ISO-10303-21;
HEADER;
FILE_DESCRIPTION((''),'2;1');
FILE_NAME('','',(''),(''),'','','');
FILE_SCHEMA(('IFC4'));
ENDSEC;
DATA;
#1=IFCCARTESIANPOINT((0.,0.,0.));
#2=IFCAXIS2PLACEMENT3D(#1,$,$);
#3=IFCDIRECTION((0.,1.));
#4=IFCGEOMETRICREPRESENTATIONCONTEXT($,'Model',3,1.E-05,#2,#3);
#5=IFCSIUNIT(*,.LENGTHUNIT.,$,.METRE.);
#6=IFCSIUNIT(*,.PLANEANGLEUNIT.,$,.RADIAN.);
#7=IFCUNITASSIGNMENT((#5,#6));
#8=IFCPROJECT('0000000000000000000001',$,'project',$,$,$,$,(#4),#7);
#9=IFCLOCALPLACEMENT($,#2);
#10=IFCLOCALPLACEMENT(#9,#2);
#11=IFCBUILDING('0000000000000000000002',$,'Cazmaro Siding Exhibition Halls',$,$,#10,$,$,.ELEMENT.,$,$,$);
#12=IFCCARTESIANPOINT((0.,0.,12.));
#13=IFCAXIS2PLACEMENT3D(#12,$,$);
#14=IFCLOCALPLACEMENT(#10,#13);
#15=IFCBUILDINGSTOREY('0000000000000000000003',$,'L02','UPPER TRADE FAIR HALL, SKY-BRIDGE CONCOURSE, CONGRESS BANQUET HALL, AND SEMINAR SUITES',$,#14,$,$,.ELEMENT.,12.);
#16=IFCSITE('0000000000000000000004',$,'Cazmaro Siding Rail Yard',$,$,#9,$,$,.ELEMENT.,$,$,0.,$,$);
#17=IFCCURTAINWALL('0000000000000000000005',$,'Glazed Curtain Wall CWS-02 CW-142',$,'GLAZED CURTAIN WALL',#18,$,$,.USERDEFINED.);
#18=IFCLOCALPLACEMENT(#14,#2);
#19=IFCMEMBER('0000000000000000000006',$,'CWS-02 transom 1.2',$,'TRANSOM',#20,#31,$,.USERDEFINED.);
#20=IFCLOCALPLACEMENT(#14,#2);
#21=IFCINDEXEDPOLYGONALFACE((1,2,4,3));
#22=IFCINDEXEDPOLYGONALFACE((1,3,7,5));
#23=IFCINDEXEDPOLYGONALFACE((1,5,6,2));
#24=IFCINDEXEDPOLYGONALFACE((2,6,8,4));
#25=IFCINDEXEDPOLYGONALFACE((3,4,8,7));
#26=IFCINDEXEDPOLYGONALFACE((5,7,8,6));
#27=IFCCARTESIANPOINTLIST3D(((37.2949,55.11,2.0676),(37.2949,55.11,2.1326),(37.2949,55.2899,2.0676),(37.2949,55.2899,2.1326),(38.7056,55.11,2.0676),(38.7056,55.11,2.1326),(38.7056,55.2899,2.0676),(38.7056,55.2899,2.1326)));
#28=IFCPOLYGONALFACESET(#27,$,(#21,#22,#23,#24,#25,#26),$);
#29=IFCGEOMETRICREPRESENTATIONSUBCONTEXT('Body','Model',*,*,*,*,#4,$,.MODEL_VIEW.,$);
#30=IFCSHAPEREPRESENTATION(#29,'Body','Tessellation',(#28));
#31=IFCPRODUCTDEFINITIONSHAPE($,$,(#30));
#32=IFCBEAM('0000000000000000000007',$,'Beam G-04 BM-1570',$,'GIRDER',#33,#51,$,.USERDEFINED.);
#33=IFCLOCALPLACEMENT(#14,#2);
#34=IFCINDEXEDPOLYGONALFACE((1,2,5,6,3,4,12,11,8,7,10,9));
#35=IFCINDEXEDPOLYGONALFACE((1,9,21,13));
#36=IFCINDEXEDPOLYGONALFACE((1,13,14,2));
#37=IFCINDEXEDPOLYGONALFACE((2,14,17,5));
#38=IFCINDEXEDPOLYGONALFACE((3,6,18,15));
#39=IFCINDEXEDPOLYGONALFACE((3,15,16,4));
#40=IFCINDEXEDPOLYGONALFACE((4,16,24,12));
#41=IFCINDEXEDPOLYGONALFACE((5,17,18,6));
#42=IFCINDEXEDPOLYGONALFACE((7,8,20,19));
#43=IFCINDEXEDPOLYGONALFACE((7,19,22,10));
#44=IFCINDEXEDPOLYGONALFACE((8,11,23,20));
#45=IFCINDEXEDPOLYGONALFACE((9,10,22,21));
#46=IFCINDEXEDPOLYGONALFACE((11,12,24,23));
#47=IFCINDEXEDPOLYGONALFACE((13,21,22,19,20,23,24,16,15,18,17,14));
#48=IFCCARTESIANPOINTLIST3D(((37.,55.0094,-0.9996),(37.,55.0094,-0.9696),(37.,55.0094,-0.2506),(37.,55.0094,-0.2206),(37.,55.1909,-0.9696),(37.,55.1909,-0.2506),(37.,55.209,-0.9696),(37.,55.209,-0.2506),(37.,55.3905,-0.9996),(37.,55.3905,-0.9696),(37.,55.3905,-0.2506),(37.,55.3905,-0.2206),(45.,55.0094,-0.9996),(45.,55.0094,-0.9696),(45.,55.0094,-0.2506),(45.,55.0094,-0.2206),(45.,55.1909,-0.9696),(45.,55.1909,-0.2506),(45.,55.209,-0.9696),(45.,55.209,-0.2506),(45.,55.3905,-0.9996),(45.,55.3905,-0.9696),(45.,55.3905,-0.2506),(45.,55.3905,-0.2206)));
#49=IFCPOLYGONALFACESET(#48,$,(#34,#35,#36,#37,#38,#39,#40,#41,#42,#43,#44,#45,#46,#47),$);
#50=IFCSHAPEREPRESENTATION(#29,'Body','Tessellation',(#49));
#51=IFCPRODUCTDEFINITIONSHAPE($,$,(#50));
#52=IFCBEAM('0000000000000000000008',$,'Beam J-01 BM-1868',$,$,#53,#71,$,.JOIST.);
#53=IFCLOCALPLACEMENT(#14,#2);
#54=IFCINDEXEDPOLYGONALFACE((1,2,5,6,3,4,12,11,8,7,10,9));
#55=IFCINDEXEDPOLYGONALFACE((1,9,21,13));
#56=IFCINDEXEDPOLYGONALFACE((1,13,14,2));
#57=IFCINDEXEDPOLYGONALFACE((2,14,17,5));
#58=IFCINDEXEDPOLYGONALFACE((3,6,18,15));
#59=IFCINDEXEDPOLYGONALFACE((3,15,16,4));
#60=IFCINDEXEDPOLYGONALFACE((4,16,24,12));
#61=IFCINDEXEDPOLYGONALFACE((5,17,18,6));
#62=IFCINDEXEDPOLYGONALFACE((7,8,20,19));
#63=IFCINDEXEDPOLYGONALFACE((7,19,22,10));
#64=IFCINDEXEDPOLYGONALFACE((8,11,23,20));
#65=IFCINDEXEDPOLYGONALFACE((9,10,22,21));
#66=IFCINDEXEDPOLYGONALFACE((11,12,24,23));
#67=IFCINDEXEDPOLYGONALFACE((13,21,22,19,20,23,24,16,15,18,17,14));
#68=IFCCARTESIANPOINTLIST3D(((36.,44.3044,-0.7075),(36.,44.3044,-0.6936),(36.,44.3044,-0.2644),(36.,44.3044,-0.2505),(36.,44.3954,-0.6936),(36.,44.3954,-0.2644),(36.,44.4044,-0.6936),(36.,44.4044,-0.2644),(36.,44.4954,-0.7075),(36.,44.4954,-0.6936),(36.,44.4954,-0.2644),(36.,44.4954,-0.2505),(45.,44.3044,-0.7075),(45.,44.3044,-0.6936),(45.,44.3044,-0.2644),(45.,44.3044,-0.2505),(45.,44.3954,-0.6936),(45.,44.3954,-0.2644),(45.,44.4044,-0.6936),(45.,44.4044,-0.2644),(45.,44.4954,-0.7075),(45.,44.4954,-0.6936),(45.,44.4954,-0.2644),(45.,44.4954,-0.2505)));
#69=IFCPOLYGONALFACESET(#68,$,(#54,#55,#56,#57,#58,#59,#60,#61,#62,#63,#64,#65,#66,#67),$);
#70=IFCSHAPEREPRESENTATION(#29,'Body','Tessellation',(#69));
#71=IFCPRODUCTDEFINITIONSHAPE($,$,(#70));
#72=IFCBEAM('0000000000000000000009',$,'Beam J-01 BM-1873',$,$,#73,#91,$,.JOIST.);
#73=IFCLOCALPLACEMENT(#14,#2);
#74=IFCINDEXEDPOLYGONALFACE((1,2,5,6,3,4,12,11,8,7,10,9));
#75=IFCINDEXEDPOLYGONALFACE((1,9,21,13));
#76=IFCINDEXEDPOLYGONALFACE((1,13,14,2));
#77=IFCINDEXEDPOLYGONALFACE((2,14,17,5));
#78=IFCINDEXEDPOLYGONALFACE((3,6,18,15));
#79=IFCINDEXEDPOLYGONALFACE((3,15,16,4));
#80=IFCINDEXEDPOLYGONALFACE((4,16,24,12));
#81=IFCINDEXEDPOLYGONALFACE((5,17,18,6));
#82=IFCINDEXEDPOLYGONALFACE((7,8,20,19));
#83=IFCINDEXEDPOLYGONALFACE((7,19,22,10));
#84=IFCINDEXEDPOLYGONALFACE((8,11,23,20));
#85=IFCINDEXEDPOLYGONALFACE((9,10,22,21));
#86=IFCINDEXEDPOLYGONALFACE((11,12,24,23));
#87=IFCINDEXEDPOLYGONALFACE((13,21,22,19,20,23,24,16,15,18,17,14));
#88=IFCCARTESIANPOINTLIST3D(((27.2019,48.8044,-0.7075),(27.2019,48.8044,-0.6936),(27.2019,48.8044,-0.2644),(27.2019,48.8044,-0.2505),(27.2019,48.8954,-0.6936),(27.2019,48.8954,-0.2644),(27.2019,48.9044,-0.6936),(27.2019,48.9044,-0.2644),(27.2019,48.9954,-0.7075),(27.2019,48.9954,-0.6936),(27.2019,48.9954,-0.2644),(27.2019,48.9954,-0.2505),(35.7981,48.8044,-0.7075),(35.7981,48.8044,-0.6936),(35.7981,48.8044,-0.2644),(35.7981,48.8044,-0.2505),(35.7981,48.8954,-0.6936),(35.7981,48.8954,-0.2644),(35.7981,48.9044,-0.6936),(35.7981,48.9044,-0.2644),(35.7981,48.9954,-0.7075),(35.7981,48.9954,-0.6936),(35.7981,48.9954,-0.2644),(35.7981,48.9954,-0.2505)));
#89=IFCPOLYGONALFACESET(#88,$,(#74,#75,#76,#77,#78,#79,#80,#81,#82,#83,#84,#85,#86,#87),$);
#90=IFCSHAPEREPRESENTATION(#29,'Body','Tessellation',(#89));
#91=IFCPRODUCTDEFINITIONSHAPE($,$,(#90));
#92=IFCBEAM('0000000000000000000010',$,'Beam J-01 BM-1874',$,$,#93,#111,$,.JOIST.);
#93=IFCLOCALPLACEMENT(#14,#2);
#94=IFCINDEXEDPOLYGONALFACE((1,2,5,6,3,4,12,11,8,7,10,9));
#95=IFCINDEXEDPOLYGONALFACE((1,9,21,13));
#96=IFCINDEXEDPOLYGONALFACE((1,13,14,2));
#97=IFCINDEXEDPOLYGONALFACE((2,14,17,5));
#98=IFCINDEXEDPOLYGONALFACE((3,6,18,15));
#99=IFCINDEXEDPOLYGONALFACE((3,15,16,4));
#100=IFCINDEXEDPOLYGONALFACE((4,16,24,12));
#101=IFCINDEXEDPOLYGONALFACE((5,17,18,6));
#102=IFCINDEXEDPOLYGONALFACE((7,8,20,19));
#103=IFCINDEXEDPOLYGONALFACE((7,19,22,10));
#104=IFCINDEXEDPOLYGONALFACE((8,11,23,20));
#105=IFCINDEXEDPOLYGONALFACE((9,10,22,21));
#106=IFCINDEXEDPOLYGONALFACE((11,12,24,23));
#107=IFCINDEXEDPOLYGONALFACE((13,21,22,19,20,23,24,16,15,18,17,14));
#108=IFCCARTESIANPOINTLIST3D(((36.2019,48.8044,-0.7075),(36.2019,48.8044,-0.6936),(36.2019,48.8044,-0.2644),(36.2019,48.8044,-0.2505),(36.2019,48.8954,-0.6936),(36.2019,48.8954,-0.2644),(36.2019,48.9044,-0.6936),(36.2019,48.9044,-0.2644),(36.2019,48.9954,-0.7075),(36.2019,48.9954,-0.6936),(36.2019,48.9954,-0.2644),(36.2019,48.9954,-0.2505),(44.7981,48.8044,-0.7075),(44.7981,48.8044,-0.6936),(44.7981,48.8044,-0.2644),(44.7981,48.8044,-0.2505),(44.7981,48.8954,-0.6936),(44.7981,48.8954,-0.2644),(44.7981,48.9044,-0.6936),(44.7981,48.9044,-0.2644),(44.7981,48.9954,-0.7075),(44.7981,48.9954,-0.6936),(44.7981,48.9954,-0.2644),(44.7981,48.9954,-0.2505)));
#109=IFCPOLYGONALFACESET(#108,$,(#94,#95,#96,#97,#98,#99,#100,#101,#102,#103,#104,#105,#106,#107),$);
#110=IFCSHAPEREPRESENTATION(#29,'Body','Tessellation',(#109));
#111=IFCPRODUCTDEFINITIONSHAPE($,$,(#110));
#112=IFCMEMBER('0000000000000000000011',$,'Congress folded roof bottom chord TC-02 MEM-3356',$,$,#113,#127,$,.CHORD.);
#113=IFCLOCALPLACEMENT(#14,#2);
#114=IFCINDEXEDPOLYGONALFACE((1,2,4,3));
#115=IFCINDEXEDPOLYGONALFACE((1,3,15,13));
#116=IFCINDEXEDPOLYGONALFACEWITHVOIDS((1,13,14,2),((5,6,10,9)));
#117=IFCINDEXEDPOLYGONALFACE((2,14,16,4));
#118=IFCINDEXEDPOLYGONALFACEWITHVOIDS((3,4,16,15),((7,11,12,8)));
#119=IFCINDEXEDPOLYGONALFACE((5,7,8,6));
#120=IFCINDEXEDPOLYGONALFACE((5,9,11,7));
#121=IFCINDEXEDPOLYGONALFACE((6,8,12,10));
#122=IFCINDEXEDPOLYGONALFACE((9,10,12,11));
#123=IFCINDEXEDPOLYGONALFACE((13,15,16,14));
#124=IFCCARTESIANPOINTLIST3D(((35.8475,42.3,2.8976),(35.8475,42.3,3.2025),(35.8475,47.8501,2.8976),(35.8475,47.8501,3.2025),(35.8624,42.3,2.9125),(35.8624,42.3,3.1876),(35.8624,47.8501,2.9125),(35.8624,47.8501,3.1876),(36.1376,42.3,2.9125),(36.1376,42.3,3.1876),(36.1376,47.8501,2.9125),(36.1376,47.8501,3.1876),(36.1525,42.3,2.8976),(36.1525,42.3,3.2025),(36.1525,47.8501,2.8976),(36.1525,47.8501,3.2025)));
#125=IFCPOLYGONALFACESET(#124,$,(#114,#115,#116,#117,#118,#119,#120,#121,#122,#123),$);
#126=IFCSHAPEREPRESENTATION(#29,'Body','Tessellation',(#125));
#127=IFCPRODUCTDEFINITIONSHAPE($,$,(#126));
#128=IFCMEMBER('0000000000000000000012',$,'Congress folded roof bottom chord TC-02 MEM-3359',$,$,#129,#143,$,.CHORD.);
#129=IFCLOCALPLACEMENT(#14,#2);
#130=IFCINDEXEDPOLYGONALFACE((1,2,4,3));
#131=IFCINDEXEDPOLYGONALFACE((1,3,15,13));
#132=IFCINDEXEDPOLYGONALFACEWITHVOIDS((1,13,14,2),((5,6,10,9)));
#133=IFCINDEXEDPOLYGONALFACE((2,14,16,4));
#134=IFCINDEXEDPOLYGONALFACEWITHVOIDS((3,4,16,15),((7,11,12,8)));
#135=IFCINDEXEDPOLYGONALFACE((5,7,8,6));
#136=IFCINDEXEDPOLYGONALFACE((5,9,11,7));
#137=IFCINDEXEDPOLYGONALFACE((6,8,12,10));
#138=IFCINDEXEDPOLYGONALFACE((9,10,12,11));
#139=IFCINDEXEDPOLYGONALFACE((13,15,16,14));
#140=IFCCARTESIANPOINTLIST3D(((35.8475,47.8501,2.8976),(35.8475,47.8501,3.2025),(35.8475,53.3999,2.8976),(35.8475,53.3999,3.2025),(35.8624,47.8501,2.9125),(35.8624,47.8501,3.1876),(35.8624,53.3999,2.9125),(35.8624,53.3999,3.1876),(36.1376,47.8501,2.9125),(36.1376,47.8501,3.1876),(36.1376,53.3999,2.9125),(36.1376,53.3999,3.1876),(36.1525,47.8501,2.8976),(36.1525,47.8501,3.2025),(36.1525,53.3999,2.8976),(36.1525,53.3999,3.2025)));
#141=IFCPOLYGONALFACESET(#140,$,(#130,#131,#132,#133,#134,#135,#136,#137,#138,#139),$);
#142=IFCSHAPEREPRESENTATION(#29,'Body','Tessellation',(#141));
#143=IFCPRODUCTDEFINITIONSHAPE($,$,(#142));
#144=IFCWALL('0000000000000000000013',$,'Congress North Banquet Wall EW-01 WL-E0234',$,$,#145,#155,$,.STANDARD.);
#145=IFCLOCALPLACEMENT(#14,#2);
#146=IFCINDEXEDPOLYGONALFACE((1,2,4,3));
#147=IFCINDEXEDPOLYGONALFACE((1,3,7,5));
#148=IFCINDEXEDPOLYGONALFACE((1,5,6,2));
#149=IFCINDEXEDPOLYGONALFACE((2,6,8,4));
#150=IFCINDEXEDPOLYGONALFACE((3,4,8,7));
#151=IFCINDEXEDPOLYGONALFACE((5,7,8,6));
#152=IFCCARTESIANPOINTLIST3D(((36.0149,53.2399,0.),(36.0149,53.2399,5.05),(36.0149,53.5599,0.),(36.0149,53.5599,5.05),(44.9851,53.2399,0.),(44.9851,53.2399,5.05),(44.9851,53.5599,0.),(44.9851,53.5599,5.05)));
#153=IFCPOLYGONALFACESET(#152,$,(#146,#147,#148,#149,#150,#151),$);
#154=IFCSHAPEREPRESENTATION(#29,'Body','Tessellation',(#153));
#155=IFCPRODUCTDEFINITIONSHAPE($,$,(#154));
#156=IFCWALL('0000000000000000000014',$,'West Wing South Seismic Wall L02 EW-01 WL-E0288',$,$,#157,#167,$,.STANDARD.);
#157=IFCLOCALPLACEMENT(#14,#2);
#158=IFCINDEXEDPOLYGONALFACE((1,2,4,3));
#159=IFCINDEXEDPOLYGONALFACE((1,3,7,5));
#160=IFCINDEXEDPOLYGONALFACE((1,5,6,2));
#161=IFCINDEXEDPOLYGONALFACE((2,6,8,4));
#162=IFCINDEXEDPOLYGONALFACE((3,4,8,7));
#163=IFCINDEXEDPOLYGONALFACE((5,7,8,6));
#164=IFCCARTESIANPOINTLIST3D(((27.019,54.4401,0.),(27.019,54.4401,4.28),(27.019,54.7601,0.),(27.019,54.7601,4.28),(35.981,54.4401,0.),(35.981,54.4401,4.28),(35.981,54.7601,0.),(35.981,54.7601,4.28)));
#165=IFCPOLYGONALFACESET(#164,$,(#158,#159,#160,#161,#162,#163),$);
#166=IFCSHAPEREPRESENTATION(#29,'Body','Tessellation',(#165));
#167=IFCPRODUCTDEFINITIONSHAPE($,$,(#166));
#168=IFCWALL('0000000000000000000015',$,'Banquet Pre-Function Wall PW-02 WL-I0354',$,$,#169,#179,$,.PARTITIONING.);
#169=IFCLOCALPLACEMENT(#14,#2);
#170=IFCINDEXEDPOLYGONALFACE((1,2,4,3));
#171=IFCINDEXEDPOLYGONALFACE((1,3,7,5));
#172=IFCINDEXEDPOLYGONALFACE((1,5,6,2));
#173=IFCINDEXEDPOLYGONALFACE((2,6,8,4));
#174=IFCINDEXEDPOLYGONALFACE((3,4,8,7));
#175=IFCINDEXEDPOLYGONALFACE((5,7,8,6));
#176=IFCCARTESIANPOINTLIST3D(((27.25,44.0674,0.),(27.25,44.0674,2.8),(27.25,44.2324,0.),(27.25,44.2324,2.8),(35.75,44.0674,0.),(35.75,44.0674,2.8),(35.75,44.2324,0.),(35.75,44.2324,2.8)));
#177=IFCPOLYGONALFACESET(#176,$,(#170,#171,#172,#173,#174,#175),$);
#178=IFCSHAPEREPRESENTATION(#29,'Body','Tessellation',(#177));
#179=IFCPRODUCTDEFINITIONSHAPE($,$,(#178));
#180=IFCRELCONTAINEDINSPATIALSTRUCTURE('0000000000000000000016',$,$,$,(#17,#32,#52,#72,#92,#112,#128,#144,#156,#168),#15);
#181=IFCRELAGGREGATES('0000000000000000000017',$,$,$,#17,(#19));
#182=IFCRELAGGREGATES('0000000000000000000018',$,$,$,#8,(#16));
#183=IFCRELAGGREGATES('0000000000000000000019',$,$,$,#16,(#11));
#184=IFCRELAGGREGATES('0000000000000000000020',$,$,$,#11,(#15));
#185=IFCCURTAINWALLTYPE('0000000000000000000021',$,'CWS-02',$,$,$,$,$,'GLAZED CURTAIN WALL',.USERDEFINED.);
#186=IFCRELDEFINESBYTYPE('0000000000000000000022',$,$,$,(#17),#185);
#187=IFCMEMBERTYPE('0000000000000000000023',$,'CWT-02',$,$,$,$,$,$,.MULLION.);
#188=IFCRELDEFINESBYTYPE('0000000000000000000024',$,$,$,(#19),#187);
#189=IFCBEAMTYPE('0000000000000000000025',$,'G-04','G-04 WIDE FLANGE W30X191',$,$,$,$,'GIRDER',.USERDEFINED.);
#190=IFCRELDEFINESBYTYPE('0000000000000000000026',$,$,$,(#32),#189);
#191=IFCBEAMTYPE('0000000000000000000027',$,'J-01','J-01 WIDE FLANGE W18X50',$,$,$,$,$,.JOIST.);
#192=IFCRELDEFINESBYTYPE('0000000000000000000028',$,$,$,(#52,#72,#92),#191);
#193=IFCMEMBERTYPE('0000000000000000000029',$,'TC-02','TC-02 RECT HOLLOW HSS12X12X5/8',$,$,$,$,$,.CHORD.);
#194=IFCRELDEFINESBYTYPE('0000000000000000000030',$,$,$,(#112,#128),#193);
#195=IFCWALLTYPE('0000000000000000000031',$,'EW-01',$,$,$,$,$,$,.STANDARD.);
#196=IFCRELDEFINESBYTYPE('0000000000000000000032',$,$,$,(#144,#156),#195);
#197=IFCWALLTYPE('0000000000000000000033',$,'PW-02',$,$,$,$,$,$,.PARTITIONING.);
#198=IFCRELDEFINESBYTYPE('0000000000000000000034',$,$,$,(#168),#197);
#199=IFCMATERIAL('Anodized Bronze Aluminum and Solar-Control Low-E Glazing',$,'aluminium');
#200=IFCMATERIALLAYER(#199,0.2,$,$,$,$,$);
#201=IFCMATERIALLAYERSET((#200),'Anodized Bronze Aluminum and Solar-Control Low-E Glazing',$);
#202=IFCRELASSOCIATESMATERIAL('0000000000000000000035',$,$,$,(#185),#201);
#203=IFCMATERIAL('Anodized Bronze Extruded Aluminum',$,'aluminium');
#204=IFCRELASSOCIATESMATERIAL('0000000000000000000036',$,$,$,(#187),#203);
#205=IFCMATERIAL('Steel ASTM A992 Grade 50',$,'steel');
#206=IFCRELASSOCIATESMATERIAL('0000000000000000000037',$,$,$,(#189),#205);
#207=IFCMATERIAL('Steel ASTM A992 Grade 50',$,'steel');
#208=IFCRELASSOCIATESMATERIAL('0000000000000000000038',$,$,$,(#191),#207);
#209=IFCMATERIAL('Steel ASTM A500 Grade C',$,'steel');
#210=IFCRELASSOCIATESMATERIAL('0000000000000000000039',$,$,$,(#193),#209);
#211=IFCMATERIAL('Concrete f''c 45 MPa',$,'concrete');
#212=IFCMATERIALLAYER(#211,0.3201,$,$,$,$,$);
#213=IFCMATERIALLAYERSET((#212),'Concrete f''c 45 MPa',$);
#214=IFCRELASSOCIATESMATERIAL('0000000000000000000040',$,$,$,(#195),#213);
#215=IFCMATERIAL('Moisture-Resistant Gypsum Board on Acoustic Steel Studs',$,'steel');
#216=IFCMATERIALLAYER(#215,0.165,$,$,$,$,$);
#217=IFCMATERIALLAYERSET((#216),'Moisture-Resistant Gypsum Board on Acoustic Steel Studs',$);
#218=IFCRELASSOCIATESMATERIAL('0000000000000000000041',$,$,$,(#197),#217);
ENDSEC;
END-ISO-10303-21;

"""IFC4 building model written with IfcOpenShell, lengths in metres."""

from ifc_helpers import new_model, si_unit, direction, frame, frame_2d, origin, origin_2d, place, context, subcontext, project, spatial, rectangle, hollow_rectangle, i_section, extrude, material, layer, layer_set, material_profile, profile_set, type_object, element, aggregate, save


model = new_model("IFC4")

# Units and contexts
model_context = context("Model", 3, precision=1e-05, world=origin(), true_north=direction((0.0, 1.0)))
body_context = subcontext(model_context, "Body", "Model", "MODEL_VIEW")
ifc_project = project(units=[si_unit("LENGTHUNIT", "METRE"), si_unit("PLANEANGLEUNIT", "RADIAN")], contexts=[model_context])

# Site, building, storey
site_placement = place(None, origin())
site = spatial("IfcSite", under=ifc_project, at=site_placement, Name="Cazmaro Siding Rail Yard", CompositionType="ELEMENT", RefElevation=0.0)
building_placement = place(site_placement, origin())
building = spatial("IfcBuilding", under=site, at=building_placement, Name="Cazmaro Siding Exhibition Halls", CompositionType="ELEMENT")
storey_placement = place(building_placement, frame((0.0, 0.0, 12.0)))
storey = spatial("IfcBuildingStorey", under=building, at=storey_placement, Name="L02", Description="UPPER TRADE FAIR HALL, SKY-BRIDGE CONCOURSE, CONGRESS BANQUET HALL, AND SEMINAR SUITES", CompositionType="ELEMENT", Elevation=12.0)

# Curtain wall, member
ifc_material_1 = material(Name="Anodized Bronze Aluminum and Solar-Control Low-E Glazing", Category="aluminium")
ifc_layer_1 = layer(ifc_material_1, 0.2)
ifc_layer_set_1 = layer_set([ifc_layer_1], Name="Anodized Bronze Aluminum and Solar-Control Low-E Glazing")
curtain_wall_type = type_object("IfcCurtainWallType", Name="CWS-02", ElementType="GLAZED CURTAIN WALL", PredefinedType="USERDEFINED", material=ifc_layer_set_1)
curtain_wall_placement = place(storey_placement, origin())
curtain_wall = element("IfcCurtainWall", 1, at=curtain_wall_placement, inside=storey, type_object=curtain_wall_type, Name="Glazed Curtain Wall CWS-02 CW-142", ObjectType="GLAZED CURTAIN WALL", PredefinedType="USERDEFINED")
ifc_material_2 = material(Name="Anodized Bronze Extruded Aluminum", Category="aluminium")
ifc_material_profile_1 = material_profile(ifc_material_2, rectangle(XDim=0.1799, YDim=0.0649, at=origin_2d()), Name="CWT-02")
ifc_profile_set_1 = profile_set([ifc_material_profile_1], Name="Anodized Bronze Extruded Aluminum")
member_type_1 = type_object("IfcMemberType", Name="CWT-02", PredefinedType="MULLION", material=ifc_profile_set_1)
member_1_placement = place(storey_placement, frame((37.2949, 55.2, 2.1001), z_axis=(1.0, 0.0, 0.0), x_axis=(0.0, 1.0, 0.0)))
member_1 = element("IfcMember", 2, at=member_1_placement, type_object=member_type_1, Name="CWS-02 transom 1.2", ObjectType="TRANSOM", PredefinedType="USERDEFINED", context=body_context, shape_type="SweptSolid", body=[
    extrude(rectangle(XDim=0.1799, YDim=0.0649, at=origin_2d()), origin(), (0.0, 0.0, 1.0), 1.4106),
])
aggregate(curtain_wall, [member_1])

# Beams
ifc_material_3 = material(Name="Steel ASTM A992 Grade 50", Category="steel")
ifc_material_profile_2 = material_profile(ifc_material_3, i_section(OverallWidth=0.3811, OverallDepth=0.7791, WebThickness=0.0181, FlangeThickness=0.03, at=origin_2d()), Name="W30X191")
ifc_profile_set_2 = profile_set([ifc_material_profile_2], Name="Steel ASTM A992 Grade 50")
beam_type_1 = type_object("IfcBeamType", Name="G-04", Description="G-04 WIDE FLANGE W30X191", ElementType="GIRDER", PredefinedType="USERDEFINED", material=ifc_profile_set_2)
beam_1_placement = place(storey_placement, frame((37.0, 55.2, -0.6101), z_axis=(1.0, 0.0, 0.0), x_axis=(0.0, 1.0, 0.0)))
element("IfcBeam", 3, at=beam_1_placement, inside=storey, type_object=beam_type_1, Name="Beam G-04 BM-1570", ObjectType="GIRDER", PredefinedType="USERDEFINED", context=body_context, shape_type="SweptSolid", body=[
    extrude(i_section(OverallWidth=0.3811, OverallDepth=0.7791, WebThickness=0.0181, FlangeThickness=0.03, at=origin_2d()), origin(), (0.0, 0.0, 1.0), 8.0),
])
ifc_material_4 = material(Name="Steel ASTM A992 Grade 50", Category="steel")
ifc_material_profile_3 = material_profile(ifc_material_4, i_section(OverallWidth=0.1909, OverallDepth=0.457, WebThickness=0.009, FlangeThickness=0.0139, at=origin_2d()), Name="W18X50")
ifc_profile_set_3 = profile_set([ifc_material_profile_3], Name="Steel ASTM A992 Grade 50")
beam_type_2 = type_object("IfcBeamType", Name="J-01", Description="J-01 WIDE FLANGE W18X50", PredefinedType="JOIST", material=ifc_profile_set_3)
beam_2_placement = place(storey_placement, frame((36.0, 44.3999, -0.479), z_axis=(1.0, 0.0, 0.0), x_axis=(0.0, 1.0, 0.0)))
element("IfcBeam", 4, at=beam_2_placement, inside=storey, type_object=beam_type_2, Name="Beam J-01 BM-1868", PredefinedType="JOIST", context=body_context, shape_type="SweptSolid", body=[
    extrude(i_section(OverallWidth=0.1909, OverallDepth=0.457, WebThickness=0.009, FlangeThickness=0.0139, at=origin_2d()), origin(), (0.0, 0.0, 1.0), 9.0),
])
for number, where, z_axis, x_axis, name in (
    (5, (27.2019, 48.8999, -0.479), (1.0, 0.0, 0.0), (0.0, 1.0, 0.0), "Beam J-01 BM-1873"),
    (6, (36.2019, 48.8999, -0.479), (1.0, 0.0, 0.0), (0.0, 1.0, 0.0), "Beam J-01 BM-1874"),
):
    element("IfcBeam", number, at=place(storey_placement, frame(where, z_axis=z_axis, x_axis=x_axis)), inside=storey, type_object=beam_type_2, Name=name, PredefinedType="JOIST", context=body_context, shape_type="SweptSolid", body=[
        extrude(i_section(OverallWidth=0.1909, OverallDepth=0.457, WebThickness=0.009, FlangeThickness=0.0139, at=origin_2d()), origin(), (0.0, 0.0, 1.0), 8.5962),
    ])

# Members
ifc_material_5 = material(Name="Steel ASTM A500 Grade C", Category="steel")
ifc_material_profile_4 = material_profile(ifc_material_5, hollow_rectangle(XDim=0.3049, YDim=0.3049, WallThickness=0.0149, at=origin_2d()), Name="HSS12X12X5/8")
ifc_profile_set_4 = profile_set([ifc_material_profile_4], Name="Steel ASTM A500 Grade C")
member_type_2 = type_object("IfcMemberType", Name="TC-02", Description="TC-02 RECT HOLLOW HSS12X12X5/8", PredefinedType="CHORD", material=ifc_profile_set_4)
member_2_placement = place(storey_placement, frame((36.0, 42.3, 3.05), z_axis=(0.0, 1.0, 0.0), x_axis=(-1.0, 0.0, 0.0)))
element("IfcMember", 7, at=member_2_placement, inside=storey, type_object=member_type_2, Name="Congress folded roof bottom chord TC-02 MEM-3356", PredefinedType="CHORD", context=body_context, shape_type="SweptSolid", body=[
    extrude(hollow_rectangle(XDim=0.3049, YDim=0.3049, WallThickness=0.0149, at=origin_2d()), origin(), (0.0, 0.0, 1.0), 5.55),
])
member_3_placement = place(storey_placement, frame((36.0, 47.8501, 3.05), z_axis=(0.0, 1.0, 0.0), x_axis=(-1.0, 0.0, 0.0)))
element("IfcMember", 8, at=member_3_placement, inside=storey, type_object=member_type_2, Name="Congress folded roof bottom chord TC-02 MEM-3359", PredefinedType="CHORD", context=body_context, shape_type="SweptSolid", body=[
    extrude(hollow_rectangle(XDim=0.3049, YDim=0.3049, WallThickness=0.0149, at=origin_2d()), origin(), (0.0, 0.0, 1.0), 5.5498),
])

# Walls
ifc_material_6 = material(Name="Concrete f'c 45 MPa", Category="concrete")
ifc_layer_2 = layer(ifc_material_6, 0.3201)
ifc_layer_set_2 = layer_set([ifc_layer_2], Name="Concrete f'c 45 MPa")
wall_type_1 = type_object("IfcWallType", Name="EW-01", PredefinedType="STANDARD", material=ifc_layer_set_2)
wall_1_placement = place(storey_placement, frame((36.0149, 53.3999, 0.0), z_axis=(0.0, 0.0, 1.0), x_axis=(1.0, 0.0, 0.0)))
element("IfcWall", 9, at=wall_1_placement, inside=storey, type_object=wall_type_1, Name="Congress North Banquet Wall EW-01 WL-E0234", PredefinedType="STANDARD", context=body_context, shape_type="SweptSolid", body=[
    extrude(rectangle(XDim=8.9702, YDim=0.3201, at=frame_2d((4.4851, 0.0))), origin(), (0.0, 0.0, 1.0), 5.05),
])
wall_2_placement = place(storey_placement, frame((35.981, 54.6001, 0.0), z_axis=(0.0, 0.0, 1.0), x_axis=(-1.0, 0.0, 0.0)))
element("IfcWall", 10, at=wall_2_placement, inside=storey, type_object=wall_type_1, Name="West Wing South Seismic Wall L02 EW-01 WL-E0288", PredefinedType="STANDARD", context=body_context, shape_type="SweptSolid", body=[
    extrude(rectangle(XDim=8.9619, YDim=0.3201, at=frame_2d((4.481, 0.0))), origin(), (0.0, 0.0, 1.0), 4.28),
])
ifc_material_7 = material(Name="Moisture-Resistant Gypsum Board on Acoustic Steel Studs", Category="steel")
ifc_layer_3 = layer(ifc_material_7, 0.165)
ifc_layer_set_3 = layer_set([ifc_layer_3], Name="Moisture-Resistant Gypsum Board on Acoustic Steel Studs")
wall_type_2 = type_object("IfcWallType", Name="PW-02", PredefinedType="PARTITIONING", material=ifc_layer_set_3)
wall_3_placement = place(storey_placement, frame((27.25, 44.1499, 0.0), z_axis=(0.0, 0.0, 1.0), x_axis=(1.0, 0.0, 0.0)))
element("IfcWall", 11, at=wall_3_placement, inside=storey, type_object=wall_type_2, Name="Banquet Pre-Function Wall PW-02 WL-I0354", PredefinedType="PARTITIONING", context=body_context, shape_type="SweptSolid", body=[
    extrude(rectangle(XDim=8.5, YDim=0.165, at=frame_2d((4.25, 0.0))), origin(), (0.0, 0.0, 1.0), 2.8),
])

save(model, "model.ifc")
